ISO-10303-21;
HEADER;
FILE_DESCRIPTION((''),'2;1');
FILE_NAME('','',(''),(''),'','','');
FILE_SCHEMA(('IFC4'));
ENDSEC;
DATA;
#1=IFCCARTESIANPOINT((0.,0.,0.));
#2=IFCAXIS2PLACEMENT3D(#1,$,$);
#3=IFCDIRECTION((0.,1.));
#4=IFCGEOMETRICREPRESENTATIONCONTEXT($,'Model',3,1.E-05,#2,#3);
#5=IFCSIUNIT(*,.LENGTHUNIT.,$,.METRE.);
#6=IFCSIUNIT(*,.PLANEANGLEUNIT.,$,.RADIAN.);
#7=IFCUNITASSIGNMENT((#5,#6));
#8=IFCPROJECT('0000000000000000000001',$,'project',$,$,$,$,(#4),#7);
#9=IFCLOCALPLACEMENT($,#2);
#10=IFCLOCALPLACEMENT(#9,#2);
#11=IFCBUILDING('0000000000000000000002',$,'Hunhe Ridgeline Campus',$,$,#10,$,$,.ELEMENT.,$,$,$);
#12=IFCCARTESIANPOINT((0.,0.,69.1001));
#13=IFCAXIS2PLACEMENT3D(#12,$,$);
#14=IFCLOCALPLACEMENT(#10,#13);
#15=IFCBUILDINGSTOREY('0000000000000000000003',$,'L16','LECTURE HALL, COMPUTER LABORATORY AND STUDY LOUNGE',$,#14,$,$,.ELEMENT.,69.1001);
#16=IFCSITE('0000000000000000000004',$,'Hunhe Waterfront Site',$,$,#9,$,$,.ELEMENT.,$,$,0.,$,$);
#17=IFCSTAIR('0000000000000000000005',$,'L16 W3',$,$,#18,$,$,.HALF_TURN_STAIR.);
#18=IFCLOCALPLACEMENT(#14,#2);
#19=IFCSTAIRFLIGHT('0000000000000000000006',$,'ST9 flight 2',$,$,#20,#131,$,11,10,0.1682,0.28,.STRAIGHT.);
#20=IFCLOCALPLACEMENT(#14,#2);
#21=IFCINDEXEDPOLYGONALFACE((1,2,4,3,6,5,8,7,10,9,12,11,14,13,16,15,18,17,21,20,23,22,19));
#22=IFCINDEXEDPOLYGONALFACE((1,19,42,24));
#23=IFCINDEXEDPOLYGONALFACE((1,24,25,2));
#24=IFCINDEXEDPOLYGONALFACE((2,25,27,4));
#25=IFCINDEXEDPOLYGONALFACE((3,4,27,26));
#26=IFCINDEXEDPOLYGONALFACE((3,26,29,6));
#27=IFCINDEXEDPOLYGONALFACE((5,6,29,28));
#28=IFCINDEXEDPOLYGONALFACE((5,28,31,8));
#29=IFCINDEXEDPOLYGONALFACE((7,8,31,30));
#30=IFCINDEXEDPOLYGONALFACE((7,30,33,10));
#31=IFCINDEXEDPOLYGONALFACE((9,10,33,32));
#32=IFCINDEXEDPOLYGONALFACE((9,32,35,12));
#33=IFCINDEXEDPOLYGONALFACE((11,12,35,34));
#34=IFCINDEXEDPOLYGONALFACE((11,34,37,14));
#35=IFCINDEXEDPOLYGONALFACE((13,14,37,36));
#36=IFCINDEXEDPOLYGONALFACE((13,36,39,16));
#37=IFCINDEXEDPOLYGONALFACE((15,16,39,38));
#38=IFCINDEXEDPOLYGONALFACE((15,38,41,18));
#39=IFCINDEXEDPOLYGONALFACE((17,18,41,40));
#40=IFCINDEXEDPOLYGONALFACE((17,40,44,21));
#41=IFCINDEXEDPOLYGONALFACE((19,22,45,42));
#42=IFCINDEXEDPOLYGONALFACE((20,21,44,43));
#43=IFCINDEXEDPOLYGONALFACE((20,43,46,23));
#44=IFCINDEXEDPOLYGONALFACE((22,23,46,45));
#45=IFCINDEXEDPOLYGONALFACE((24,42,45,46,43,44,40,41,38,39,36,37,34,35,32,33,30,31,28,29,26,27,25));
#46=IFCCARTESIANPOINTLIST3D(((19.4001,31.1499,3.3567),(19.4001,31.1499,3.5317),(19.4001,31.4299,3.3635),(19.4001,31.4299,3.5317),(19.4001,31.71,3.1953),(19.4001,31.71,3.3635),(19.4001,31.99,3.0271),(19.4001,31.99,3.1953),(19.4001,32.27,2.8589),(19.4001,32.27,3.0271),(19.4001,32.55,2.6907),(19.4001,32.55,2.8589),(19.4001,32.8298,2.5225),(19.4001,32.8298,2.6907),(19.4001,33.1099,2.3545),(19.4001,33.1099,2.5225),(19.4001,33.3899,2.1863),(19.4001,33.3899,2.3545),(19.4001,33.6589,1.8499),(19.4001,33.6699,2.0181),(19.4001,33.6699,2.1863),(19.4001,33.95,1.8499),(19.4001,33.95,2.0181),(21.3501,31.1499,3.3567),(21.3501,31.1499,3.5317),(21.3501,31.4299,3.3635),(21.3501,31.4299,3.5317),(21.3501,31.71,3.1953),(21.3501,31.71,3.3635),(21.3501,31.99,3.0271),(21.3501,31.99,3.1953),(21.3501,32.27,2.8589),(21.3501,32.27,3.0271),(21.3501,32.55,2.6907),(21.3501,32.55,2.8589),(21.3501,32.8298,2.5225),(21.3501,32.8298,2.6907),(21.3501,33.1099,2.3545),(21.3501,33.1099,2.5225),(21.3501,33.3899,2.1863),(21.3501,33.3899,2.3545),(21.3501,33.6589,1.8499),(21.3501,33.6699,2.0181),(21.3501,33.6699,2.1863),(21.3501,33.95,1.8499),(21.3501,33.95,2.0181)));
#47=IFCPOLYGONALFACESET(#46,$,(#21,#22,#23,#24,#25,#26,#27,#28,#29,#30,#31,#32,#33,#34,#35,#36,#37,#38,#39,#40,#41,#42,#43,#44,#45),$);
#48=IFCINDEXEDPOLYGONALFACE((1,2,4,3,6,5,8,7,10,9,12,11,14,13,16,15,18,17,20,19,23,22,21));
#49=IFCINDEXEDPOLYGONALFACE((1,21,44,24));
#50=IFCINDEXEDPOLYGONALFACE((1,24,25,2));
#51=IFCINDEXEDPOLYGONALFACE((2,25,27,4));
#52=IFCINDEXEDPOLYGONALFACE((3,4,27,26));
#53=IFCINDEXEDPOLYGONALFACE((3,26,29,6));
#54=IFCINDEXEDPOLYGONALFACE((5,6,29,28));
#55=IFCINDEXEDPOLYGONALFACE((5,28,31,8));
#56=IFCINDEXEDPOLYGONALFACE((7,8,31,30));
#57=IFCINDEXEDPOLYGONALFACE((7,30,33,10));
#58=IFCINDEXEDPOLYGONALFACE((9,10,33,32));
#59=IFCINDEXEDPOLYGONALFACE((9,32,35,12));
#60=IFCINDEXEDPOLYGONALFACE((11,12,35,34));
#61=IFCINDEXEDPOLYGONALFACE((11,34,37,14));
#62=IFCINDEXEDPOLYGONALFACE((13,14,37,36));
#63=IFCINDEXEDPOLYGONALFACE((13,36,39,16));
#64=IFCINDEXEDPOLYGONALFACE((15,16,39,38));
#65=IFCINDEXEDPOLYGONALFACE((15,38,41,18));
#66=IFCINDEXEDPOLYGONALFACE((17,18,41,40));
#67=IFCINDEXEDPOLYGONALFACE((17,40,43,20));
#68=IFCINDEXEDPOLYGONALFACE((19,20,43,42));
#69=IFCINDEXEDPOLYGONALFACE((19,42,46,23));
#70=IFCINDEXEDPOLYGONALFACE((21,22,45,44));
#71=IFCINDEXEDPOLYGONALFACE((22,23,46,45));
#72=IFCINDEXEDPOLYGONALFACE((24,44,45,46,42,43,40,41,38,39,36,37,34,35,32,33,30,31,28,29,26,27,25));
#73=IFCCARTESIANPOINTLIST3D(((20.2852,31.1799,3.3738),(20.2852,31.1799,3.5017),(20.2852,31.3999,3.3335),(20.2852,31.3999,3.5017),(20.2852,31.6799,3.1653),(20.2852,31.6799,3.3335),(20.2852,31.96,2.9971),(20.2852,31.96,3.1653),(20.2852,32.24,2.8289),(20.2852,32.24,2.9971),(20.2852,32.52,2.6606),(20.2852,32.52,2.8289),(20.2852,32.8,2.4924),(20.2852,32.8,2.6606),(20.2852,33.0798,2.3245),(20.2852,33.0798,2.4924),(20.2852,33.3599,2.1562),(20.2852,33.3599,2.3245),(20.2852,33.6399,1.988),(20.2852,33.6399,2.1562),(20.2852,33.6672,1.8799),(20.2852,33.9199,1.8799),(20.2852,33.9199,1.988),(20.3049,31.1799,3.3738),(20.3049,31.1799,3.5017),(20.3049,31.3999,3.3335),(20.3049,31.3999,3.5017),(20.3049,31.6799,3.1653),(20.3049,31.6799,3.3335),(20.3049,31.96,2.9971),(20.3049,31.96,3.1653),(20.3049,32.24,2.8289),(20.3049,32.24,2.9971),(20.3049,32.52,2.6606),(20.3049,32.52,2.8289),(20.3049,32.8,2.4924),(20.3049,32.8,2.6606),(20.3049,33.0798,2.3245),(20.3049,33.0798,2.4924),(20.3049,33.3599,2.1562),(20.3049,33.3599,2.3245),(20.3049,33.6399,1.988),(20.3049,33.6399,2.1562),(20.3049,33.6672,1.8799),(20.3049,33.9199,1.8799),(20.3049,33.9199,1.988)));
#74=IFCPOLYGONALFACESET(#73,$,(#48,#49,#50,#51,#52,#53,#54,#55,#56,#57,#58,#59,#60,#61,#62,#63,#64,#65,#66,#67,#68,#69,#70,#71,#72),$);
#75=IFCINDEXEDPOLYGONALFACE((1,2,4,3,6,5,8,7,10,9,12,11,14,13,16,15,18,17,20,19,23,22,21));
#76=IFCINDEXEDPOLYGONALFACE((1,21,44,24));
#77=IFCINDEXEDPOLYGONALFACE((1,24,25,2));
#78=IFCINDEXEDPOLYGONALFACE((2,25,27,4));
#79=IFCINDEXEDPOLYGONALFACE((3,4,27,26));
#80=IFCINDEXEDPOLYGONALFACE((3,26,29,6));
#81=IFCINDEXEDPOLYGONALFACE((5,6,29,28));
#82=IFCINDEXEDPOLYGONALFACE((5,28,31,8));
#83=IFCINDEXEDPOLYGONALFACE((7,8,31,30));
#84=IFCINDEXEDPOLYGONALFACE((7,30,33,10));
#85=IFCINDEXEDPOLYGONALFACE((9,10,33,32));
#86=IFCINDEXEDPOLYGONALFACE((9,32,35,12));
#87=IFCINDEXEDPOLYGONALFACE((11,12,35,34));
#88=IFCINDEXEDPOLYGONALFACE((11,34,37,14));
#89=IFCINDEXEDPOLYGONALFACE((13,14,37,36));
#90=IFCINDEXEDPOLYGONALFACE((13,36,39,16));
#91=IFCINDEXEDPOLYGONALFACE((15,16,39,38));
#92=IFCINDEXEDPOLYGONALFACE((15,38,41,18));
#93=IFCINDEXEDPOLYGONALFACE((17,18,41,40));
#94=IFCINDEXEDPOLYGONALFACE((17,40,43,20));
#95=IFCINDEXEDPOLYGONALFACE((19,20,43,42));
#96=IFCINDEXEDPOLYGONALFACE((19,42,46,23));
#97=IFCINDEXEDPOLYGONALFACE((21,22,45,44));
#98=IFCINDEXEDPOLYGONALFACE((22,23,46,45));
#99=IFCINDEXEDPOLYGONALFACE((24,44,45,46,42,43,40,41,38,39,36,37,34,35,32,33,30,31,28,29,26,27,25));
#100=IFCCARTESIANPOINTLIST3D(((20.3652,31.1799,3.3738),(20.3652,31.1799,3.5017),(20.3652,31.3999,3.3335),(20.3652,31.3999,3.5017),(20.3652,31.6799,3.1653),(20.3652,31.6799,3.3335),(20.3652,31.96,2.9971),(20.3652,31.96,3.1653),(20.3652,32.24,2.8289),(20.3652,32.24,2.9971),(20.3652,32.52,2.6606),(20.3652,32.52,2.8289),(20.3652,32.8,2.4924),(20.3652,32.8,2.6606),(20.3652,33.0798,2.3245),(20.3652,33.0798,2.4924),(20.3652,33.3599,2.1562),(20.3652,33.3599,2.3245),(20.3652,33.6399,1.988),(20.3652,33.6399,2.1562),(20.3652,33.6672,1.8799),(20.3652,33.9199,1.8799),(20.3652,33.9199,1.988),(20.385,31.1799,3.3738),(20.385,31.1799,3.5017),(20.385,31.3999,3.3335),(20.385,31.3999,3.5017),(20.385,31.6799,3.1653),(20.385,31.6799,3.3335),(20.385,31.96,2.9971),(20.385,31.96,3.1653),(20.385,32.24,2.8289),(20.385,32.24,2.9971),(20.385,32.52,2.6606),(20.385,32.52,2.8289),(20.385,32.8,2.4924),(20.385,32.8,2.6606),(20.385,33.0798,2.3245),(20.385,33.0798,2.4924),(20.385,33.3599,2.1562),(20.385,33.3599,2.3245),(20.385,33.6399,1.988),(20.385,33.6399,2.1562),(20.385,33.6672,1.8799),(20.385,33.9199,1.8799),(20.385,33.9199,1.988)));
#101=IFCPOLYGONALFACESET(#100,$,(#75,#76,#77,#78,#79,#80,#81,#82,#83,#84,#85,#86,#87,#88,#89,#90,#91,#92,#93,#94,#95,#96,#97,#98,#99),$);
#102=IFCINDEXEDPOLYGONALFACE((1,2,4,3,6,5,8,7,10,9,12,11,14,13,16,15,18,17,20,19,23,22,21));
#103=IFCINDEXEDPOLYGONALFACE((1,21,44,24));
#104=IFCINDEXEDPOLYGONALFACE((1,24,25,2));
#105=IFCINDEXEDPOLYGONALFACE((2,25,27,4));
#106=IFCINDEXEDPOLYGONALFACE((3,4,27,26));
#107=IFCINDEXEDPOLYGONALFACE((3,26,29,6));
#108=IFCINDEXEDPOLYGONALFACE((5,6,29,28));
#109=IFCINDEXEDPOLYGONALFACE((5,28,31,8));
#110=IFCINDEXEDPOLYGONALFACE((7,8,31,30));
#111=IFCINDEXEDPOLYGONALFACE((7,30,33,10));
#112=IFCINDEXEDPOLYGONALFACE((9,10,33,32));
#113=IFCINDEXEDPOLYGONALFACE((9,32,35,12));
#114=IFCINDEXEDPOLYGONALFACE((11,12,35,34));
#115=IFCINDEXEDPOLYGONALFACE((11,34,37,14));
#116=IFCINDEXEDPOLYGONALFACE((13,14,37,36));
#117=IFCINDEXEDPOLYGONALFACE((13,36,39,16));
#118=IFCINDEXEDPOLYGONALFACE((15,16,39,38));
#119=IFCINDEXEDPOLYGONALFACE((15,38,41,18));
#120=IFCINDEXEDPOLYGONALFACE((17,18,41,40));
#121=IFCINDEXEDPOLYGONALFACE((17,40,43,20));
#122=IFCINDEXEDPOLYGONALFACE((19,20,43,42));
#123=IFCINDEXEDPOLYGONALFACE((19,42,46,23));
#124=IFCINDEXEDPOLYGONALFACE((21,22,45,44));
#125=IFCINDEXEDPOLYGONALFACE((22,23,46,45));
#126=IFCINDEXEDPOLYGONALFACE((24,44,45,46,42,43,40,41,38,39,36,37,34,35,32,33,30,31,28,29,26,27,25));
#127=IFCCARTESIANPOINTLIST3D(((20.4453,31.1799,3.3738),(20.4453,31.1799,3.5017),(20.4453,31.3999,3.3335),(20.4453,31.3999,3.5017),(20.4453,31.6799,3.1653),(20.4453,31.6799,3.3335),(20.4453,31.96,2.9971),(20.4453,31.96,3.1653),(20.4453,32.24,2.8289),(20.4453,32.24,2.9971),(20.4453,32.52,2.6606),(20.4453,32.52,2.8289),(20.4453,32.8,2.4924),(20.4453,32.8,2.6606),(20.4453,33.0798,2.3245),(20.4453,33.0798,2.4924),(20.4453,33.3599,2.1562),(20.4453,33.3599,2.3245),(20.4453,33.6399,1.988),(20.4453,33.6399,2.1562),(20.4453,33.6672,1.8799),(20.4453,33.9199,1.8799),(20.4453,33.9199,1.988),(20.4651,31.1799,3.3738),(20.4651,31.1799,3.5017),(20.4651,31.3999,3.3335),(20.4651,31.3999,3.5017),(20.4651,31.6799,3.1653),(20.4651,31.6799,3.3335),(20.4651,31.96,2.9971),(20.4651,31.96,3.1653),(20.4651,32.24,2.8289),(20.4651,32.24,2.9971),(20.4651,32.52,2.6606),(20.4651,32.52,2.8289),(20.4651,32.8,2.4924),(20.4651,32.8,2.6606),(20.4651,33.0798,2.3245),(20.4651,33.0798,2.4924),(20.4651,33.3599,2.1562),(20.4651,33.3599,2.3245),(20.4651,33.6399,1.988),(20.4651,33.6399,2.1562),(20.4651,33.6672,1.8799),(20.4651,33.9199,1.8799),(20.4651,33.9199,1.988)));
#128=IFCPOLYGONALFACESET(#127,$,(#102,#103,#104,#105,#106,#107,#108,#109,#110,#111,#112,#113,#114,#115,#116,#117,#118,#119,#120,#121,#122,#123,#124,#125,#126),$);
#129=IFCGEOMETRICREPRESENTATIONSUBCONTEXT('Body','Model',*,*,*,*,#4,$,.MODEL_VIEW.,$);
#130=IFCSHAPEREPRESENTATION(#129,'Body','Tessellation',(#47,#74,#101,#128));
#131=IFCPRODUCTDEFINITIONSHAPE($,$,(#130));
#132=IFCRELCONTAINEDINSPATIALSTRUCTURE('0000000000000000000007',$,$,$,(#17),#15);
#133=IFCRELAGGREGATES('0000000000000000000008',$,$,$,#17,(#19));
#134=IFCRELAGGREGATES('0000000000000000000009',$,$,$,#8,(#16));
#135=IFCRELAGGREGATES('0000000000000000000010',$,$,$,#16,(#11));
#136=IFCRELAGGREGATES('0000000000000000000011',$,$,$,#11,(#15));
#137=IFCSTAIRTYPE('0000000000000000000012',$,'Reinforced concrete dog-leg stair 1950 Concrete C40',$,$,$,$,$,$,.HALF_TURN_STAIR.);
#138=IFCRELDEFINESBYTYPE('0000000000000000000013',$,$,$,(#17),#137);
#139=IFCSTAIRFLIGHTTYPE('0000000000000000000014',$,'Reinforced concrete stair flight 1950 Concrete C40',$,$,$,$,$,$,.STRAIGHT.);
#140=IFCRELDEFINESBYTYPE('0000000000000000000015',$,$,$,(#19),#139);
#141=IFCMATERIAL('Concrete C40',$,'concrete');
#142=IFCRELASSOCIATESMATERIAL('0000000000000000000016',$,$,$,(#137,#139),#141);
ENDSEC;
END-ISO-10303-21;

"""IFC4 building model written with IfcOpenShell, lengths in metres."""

from ifc_helpers import new_model, si_unit, direction, frame, origin, place, context, subcontext, project, spatial, polyline, outline, extrude, material, type_object, element, aggregate, save


model = new_model("IFC4")

# Units and contexts
model_context = context("Model", 3, precision=1e-05, world=origin(), true_north=direction((0.0, 1.0)))
body_context = subcontext(model_context, "Body", "Model", "MODEL_VIEW")
ifc_project = project(units=[si_unit("LENGTHUNIT", "METRE"), si_unit("PLANEANGLEUNIT", "RADIAN")], contexts=[model_context])

# Site, building, storey
site_placement = place(None, origin())
site = spatial("IfcSite", under=ifc_project, at=site_placement, Name="Hunhe Waterfront Site", CompositionType="ELEMENT", RefElevation=0.0)
building_placement = place(site_placement, origin())
building = spatial("IfcBuilding", under=site, at=building_placement, Name="Hunhe Ridgeline Campus", CompositionType="ELEMENT")
storey_placement = place(building_placement, frame((0.0, 0.0, 69.1001)))
storey = spatial("IfcBuildingStorey", under=building, at=storey_placement, Name="L16", Description="LECTURE HALL, COMPUTER LABORATORY AND STUDY LOUNGE", CompositionType="ELEMENT", Elevation=69.1001)

# Stair, stair flight
ifc_material_1 = material(Name="Concrete C40", Category="concrete")
stair_type = type_object("IfcStairType", Name="Reinforced concrete dog-leg stair 1950 Concrete C40", PredefinedType="HALF_TURN_STAIR", material=ifc_material_1)
stair_placement = place(storey_placement, origin())
stair = element("IfcStair", 1, at=stair_placement, inside=storey, type_object=stair_type, Name="L16 W3", PredefinedType="HALF_TURN_STAIR")
stair_flight_type = type_object("IfcStairFlightType", Name="Reinforced concrete stair flight 1950 Concrete C40", PredefinedType="STRAIGHT", material=ifc_material_1)
stair_flight_1_placement = place(storey_placement, frame((20.375, 33.95, 1.8499), z_axis=(0.0, 0.0, 1.0), x_axis=(0.0, -1.0, 0.0)))
stair_flight_1 = element("IfcStairFlight", 2, at=stair_flight_1_placement, type_object=stair_flight_type, Name="ST9 flight 2", NumberOfRisers=11, NumberOfTreads=10, PredefinedType="STRAIGHT", RiserHeight=0.1682, TreadLength=0.28, context=body_context, shape_type="SweptSolid", body=[
    extrude(outline(polyline([(0.0, 0.0), (0.0, 0.1682), (0.28, 0.1682), (0.28, 0.3364), (0.5601, 0.3364), (0.5601, 0.5046), (0.8401, 0.5046), (0.8401, 0.6726), (1.1201, 0.6726), (1.1201, 0.8408), (1.3999, 0.8408), (1.3999, 1.009), (1.6799, 1.009), (1.6799, 1.1772), (1.96, 1.1772), (1.96, 1.3455), (2.24, 1.3455), (2.24, 1.5137), (2.52, 1.5137), (2.52, 1.6819), (2.8, 1.6819), (2.8, 1.8501), (2.8, 1.5068), (0.291, 0.0), (0.0, 0.0)])), frame((0.0, 0.9751, 0.0), z_axis=(0.0, -1.0, 0.0), x_axis=(1.0, 0.0, 0.0)), (0.0, 0.0, 1.0), 1.95),
    extrude(outline(polyline([(0.03, 0.03), (0.03, 0.1382), (0.3101, 0.1382), (0.3101, 0.3064), (0.5901, 0.3064), (0.5901, 0.4746), (0.8701, 0.4746), (0.8701, 0.6426), (1.1499, 0.6426), (1.1499, 0.8108), (1.4299, 0.8108), (1.4299, 0.979), (1.71, 0.979), (1.71, 1.1472), (1.99, 1.1472), (1.99, 1.3154), (2.27, 1.3154), (2.27, 1.4836), (2.55, 1.4836), (2.55, 1.6519), (2.77, 1.6519), (2.77, 1.5239), (0.2827, 0.03), (0.03, 0.03)])), frame((0.0, -0.0701, 0.0), z_axis=(0.0, -1.0, 0.0), x_axis=(1.0, 0.0, 0.0)), (0.0, 0.0, 1.0), 0.0198),
    extrude(outline(polyline([(0.03, 0.03), (0.03, 0.1382), (0.3101, 0.1382), (0.3101, 0.3064), (0.5901, 0.3064), (0.5901, 0.4746), (0.8701, 0.4746), (0.8701, 0.6426), (1.1499, 0.6426), (1.1499, 0.8108), (1.4299, 0.8108), (1.4299, 0.979), (1.71, 0.979), (1.71, 1.1472), (1.99, 1.1472), (1.99, 1.3154), (2.27, 1.3154), (2.27, 1.4836), (2.55, 1.4836), (2.55, 1.6519), (2.77, 1.6519), (2.77, 1.5239), (0.2827, 0.03), (0.03, 0.03)])), frame((0.0, 0.01, 0.0), z_axis=(0.0, -1.0, 0.0), x_axis=(1.0, 0.0, 0.0)), (0.0, 0.0, 1.0), 0.0198),
    extrude(outline(polyline([(0.03, 0.03), (0.03, 0.1382), (0.3101, 0.1382), (0.3101, 0.3064), (0.5901, 0.3064), (0.5901, 0.4746), (0.8701, 0.4746), (0.8701, 0.6426), (1.1499, 0.6426), (1.1499, 0.8108), (1.4299, 0.8108), (1.4299, 0.979), (1.71, 0.979), (1.71, 1.1472), (1.99, 1.1472), (1.99, 1.3154), (2.27, 1.3154), (2.27, 1.4836), (2.55, 1.4836), (2.55, 1.6519), (2.77, 1.6519), (2.77, 1.5239), (0.2827, 0.03), (0.03, 0.03)])), frame((0.0, 0.0901, 0.0), z_axis=(0.0, -1.0, 0.0), x_axis=(1.0, 0.0, 0.0)), (0.0, 0.0, 1.0), 0.0198),
])
aggregate(stair, [stair_flight_1])

save(model, "model.ifc")
